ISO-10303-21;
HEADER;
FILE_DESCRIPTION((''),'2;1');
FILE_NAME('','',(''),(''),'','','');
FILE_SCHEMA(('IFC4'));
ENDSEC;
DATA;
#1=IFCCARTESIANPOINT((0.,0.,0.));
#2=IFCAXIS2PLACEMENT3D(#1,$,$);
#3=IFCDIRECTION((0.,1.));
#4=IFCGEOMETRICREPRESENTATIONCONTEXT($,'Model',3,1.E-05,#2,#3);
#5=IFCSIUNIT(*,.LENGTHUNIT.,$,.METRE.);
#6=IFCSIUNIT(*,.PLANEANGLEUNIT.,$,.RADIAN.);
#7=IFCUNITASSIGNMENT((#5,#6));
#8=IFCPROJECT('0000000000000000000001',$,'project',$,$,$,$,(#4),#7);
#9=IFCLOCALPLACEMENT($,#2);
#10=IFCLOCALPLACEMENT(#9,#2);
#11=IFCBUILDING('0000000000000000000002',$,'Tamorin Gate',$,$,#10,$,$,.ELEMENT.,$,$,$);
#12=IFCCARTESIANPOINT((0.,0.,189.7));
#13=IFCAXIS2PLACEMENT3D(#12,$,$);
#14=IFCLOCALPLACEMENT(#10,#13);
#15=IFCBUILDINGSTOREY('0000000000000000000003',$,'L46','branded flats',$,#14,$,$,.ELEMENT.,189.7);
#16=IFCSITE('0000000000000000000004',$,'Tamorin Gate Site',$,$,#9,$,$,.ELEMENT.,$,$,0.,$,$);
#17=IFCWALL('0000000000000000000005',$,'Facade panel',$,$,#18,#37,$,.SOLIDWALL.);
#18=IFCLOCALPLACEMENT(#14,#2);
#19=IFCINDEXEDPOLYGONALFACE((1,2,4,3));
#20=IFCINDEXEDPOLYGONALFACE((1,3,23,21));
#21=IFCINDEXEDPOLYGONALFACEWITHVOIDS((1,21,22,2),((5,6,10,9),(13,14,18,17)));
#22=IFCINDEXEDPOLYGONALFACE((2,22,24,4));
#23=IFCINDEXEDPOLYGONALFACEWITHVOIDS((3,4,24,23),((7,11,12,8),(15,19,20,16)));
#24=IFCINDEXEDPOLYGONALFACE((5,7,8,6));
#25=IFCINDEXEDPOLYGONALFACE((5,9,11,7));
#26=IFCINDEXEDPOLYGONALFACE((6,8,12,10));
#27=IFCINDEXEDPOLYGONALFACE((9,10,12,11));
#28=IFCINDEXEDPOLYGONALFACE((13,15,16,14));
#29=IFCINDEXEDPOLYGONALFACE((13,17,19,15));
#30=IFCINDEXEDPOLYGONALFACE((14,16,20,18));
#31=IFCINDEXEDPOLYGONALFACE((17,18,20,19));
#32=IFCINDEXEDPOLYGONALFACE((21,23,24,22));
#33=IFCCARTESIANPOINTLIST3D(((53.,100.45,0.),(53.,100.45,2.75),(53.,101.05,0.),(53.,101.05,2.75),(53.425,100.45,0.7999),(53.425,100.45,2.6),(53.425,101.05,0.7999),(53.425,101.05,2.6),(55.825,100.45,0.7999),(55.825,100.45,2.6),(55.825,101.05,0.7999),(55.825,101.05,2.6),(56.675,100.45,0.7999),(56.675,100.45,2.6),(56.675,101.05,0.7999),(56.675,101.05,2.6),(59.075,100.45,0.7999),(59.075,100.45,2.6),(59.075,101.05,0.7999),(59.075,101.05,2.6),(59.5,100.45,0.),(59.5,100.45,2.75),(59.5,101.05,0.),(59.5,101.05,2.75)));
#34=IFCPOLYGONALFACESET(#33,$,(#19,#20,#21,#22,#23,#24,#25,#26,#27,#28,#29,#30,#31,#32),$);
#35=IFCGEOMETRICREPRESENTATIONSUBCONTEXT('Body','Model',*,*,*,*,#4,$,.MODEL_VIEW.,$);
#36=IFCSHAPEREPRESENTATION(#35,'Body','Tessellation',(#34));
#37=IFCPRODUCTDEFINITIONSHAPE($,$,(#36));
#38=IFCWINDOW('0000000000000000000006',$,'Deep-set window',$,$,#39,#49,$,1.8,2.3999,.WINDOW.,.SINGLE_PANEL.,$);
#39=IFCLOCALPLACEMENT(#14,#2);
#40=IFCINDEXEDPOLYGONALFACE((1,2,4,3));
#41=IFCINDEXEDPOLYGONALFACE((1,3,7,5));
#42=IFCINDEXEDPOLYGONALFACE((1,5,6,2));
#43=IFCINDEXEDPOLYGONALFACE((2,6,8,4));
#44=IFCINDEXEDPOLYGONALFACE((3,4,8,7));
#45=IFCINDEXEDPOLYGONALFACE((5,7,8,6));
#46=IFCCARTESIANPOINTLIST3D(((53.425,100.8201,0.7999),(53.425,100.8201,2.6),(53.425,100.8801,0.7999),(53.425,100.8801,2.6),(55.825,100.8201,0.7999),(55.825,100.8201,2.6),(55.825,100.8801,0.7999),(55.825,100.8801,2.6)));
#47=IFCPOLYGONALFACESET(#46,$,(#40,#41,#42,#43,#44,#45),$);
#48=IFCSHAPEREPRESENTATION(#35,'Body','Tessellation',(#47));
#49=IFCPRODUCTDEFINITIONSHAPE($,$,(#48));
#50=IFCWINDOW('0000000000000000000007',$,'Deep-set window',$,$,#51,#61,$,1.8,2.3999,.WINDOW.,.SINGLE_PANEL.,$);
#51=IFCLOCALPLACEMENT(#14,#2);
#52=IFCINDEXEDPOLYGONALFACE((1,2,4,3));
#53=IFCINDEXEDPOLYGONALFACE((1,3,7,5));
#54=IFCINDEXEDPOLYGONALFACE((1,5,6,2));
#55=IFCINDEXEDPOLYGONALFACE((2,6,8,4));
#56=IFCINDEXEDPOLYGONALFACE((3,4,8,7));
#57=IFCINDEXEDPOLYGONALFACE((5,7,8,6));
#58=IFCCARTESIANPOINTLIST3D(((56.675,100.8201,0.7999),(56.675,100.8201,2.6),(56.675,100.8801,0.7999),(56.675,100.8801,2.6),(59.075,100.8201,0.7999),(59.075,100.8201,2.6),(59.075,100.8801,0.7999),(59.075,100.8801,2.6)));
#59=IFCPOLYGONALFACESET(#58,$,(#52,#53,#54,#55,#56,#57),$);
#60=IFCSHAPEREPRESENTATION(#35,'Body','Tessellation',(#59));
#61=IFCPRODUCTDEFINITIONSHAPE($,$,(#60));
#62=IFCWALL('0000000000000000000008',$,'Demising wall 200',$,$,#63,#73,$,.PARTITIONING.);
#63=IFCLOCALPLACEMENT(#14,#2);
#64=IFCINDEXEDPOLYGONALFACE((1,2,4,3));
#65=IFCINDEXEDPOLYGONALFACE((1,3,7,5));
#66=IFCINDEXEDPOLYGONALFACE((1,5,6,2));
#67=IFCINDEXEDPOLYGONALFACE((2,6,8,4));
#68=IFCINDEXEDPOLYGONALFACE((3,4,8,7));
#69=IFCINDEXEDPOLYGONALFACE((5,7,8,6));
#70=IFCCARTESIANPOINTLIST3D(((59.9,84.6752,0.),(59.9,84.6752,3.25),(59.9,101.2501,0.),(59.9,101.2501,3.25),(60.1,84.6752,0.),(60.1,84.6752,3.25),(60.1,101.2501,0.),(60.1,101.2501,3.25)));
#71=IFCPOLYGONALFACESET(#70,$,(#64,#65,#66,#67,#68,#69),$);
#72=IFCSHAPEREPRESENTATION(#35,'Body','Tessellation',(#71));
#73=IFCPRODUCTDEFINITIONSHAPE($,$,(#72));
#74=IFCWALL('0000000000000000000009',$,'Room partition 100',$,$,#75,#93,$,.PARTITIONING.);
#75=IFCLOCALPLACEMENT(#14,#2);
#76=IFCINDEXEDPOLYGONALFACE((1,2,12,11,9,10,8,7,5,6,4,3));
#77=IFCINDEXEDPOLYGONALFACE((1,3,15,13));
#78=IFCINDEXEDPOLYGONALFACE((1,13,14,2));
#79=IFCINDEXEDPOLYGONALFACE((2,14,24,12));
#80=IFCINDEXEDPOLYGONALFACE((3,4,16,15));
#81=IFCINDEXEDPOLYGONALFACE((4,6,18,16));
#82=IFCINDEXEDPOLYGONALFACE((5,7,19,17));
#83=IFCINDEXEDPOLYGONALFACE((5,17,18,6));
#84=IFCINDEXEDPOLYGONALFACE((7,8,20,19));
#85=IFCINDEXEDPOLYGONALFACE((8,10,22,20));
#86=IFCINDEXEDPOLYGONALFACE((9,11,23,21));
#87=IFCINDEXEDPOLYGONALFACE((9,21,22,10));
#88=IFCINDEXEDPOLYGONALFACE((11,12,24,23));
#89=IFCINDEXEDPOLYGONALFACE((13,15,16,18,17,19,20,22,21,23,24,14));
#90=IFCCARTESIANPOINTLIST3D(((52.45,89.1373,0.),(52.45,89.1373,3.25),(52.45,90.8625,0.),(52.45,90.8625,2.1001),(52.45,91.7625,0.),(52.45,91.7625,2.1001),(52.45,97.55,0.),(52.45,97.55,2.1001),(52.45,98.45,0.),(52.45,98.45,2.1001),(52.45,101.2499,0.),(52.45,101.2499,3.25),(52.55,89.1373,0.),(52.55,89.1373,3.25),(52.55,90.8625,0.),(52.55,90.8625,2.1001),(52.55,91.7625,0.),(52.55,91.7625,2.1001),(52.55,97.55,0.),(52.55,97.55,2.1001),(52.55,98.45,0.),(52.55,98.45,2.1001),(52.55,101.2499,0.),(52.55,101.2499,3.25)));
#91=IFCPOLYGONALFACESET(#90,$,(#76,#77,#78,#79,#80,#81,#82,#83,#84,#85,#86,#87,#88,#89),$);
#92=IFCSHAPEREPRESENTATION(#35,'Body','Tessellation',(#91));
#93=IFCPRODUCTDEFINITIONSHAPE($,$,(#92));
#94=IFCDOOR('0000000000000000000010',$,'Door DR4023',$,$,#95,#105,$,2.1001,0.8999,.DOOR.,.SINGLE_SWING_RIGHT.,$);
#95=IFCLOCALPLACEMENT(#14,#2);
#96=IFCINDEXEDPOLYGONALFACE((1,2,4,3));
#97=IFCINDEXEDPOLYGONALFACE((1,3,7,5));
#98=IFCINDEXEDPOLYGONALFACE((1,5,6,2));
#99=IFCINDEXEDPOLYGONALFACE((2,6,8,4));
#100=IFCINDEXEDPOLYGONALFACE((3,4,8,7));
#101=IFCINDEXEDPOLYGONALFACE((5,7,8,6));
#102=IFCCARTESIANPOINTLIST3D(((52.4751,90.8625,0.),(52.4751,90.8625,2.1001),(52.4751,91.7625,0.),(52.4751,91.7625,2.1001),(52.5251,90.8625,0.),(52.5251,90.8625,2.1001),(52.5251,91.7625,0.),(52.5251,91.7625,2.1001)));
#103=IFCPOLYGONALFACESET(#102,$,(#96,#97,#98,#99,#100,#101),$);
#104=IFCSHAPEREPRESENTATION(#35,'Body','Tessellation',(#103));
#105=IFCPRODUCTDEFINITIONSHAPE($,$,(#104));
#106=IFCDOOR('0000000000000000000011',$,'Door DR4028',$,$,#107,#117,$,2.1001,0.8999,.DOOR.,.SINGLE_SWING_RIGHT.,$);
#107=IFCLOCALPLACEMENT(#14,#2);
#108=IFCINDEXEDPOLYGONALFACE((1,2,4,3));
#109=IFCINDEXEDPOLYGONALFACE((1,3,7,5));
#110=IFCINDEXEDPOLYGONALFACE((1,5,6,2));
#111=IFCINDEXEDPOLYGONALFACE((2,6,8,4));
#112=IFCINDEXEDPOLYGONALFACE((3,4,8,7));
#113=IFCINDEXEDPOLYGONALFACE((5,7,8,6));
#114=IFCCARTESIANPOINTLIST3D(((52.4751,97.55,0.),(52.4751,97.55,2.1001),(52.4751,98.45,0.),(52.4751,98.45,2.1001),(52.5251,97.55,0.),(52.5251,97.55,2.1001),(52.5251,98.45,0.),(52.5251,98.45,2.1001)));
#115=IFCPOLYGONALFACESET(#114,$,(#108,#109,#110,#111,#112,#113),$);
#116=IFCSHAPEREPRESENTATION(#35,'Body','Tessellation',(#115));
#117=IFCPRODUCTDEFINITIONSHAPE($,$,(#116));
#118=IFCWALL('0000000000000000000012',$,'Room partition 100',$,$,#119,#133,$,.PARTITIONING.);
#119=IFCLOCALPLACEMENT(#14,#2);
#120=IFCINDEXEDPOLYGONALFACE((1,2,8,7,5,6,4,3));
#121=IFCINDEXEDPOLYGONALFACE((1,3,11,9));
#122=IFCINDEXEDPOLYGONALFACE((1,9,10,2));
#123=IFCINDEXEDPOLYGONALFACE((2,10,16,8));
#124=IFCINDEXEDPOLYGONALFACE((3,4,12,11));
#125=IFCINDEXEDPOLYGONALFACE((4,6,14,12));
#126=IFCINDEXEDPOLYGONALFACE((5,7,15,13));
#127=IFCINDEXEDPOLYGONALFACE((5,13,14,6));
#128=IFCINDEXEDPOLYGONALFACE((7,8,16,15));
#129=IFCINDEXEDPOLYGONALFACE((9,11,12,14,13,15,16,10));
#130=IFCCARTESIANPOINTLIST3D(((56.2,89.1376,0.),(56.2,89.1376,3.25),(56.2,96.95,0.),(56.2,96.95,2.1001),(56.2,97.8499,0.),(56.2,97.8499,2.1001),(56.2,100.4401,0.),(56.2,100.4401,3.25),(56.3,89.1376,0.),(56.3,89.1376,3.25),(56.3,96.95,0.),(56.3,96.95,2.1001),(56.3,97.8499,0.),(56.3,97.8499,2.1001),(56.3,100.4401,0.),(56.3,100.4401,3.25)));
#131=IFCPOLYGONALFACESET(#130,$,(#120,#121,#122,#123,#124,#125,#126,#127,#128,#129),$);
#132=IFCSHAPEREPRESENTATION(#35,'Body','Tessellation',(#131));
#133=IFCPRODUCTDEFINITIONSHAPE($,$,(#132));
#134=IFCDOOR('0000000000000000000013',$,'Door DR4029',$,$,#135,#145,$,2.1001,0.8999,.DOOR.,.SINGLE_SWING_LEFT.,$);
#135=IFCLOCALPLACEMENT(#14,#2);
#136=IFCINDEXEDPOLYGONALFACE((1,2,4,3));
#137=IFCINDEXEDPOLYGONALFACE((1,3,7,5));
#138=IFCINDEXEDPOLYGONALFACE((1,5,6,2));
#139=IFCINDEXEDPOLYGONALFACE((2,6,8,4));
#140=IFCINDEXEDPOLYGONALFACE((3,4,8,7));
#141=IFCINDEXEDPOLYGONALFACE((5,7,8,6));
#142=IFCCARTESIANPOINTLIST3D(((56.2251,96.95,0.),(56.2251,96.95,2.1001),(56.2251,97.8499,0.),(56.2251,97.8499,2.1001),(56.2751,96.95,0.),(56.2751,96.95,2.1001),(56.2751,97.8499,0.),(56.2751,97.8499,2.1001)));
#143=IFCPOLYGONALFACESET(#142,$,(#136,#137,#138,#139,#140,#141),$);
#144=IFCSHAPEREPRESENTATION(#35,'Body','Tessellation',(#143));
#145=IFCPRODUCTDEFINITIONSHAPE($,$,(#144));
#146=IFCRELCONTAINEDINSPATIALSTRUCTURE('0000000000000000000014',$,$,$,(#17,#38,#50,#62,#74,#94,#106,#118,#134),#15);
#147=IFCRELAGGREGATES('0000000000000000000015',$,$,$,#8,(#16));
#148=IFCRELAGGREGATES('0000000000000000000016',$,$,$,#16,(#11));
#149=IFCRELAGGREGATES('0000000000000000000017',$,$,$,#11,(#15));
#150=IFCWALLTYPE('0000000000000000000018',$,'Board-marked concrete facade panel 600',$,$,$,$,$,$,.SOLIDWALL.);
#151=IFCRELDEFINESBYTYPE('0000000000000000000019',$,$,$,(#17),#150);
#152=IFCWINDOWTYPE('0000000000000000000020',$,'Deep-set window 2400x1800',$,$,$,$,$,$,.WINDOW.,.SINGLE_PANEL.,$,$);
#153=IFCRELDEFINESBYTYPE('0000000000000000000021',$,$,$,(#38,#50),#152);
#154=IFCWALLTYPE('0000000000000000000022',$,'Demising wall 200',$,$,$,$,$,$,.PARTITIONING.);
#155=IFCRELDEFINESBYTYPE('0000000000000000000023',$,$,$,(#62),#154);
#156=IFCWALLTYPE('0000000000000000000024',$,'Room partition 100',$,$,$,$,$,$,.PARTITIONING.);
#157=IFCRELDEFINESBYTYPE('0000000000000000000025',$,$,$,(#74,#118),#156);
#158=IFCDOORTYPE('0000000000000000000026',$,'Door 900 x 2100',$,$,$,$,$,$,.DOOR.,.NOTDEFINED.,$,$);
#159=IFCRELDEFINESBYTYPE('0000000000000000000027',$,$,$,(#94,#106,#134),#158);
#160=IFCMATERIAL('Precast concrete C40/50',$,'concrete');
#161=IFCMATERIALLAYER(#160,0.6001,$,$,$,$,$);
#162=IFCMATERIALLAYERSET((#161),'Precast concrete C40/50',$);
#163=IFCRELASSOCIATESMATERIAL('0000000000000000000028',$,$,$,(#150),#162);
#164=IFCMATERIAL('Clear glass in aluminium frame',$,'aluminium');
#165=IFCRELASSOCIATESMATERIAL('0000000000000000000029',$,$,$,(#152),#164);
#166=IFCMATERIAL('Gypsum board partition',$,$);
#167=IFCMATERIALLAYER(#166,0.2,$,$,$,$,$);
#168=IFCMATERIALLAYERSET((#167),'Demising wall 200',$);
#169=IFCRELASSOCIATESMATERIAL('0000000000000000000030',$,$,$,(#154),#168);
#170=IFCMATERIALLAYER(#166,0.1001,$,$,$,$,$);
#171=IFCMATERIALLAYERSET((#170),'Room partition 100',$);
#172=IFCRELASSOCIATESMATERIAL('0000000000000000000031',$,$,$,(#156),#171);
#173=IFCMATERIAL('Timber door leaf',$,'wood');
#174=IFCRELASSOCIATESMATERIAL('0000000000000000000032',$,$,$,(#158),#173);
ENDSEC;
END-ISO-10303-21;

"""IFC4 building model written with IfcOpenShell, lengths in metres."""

from ifc_helpers import new_model, si_unit, direction, frame, frame_2d, origin, place, context, subcontext, project, spatial, rectangle, extrude, material, layer, layer_set, type_object, element, fill, save


model = new_model("IFC4")

# Units and contexts
model_context = context("Model", 3, precision=1e-05, world=origin(), true_north=direction((0.0, 1.0)))
body_context = subcontext(model_context, "Body", "Model", "MODEL_VIEW")
ifc_project = project(units=[si_unit("LENGTHUNIT", "METRE"), si_unit("PLANEANGLEUNIT", "RADIAN")], contexts=[model_context])

# Site, building, storey
site_placement = place(None, origin())
site = spatial("IfcSite", under=ifc_project, at=site_placement, Name="Tamorin Gate Site", CompositionType="ELEMENT", RefElevation=0.0)
building_placement = place(site_placement, origin())
building = spatial("IfcBuilding", under=site, at=building_placement, Name="Tamorin Gate", CompositionType="ELEMENT")
storey_placement = place(building_placement, frame((0.0, 0.0, 189.7)))
storey = spatial("IfcBuildingStorey", under=building, at=storey_placement, Name="L46", Description="branded flats", CompositionType="ELEMENT", Elevation=189.7)

# Wall, openings, windows
ifc_material_1 = material(Name="Precast concrete C40/50", Category="concrete")
ifc_layer_1 = layer(ifc_material_1, 0.6001)
ifc_layer_set_1 = layer_set([ifc_layer_1], Name="Precast concrete C40/50")
wall_type_1 = type_object("IfcWallType", Name="Board-marked concrete facade panel 600", PredefinedType="SOLIDWALL", material=ifc_layer_set_1)
ifc_material_2 = material(Name="Clear glass in aluminium frame", Category="aluminium")
window_type = type_object("IfcWindowType", Name="Deep-set window 2400x1800", PartitioningType="SINGLE_PANEL", PredefinedType="WINDOW", material=ifc_material_2)
wall_1_placement = place(storey_placement, frame((59.5, 100.75, 0.0), z_axis=(0.0, 0.0, 1.0), x_axis=(-1.0, 0.0, 0.0)))
wall_1 = element("IfcWall", 1, at=wall_1_placement, inside=storey, type_object=wall_type_1, Name="Facade panel", PredefinedType="SOLIDWALL", context=body_context, shape_type="SweptSolid", body=[
    extrude(rectangle(XDim=6.5, YDim=0.6001, at=frame_2d((3.25, 0.0))), origin(), (0.0, 0.0, 1.0), 2.75),
])
opening_1_placement = place(wall_1_placement, frame((3.675, 0.0, 0.8)))
opening_1 = element("IfcOpeningElement", 2, at=opening_1_placement, cuts=wall_1, PredefinedType="OPENING", context=body_context, shape_type="SweptSolid", body=[
    extrude(rectangle(XDim=2.3999, YDim=1.8, at=frame_2d((1.2, 0.8999))), frame((0.0, 0.3101, 0.0), z_axis=(0.0, -1.0, 0.0), x_axis=(1.0, 0.0, 0.0)), (0.0, 0.0, 1.0), 0.6201),
])
opening_2_placement = place(wall_1_placement, frame((0.425, 0.0, 0.8)))
opening_2 = element("IfcOpeningElement", 3, at=opening_2_placement, cuts=wall_1, PredefinedType="OPENING", context=body_context, shape_type="SweptSolid", body=[
    extrude(rectangle(XDim=2.3999, YDim=1.8, at=frame_2d((1.2, 0.8999))), frame((0.0, 0.3101, 0.0), z_axis=(0.0, -1.0, 0.0), x_axis=(1.0, 0.0, 0.0)), (0.0, 0.0, 1.0), 0.6201),
])
window_1_placement = place(opening_1_placement, origin())
window_1 = element("IfcWindow", 4, at=window_1_placement, inside=storey, type_object=window_type, Name="Deep-set window", OverallHeight=1.8, OverallWidth=2.3999, PartitioningType="SINGLE_PANEL", PredefinedType="WINDOW", context=body_context, shape_type="SweptSolid", body=[
    extrude(rectangle(XDim=2.3999, YDim=1.8, at=frame_2d((1.2, 0.8999))), frame((0.0, -0.0701, 0.0), z_axis=(0.0, -1.0, 0.0), x_axis=(1.0, 0.0, 0.0)), (0.0, 0.0, 1.0), 0.0601),
])
fill(opening_1, window_1)
window_2_placement = place(opening_2_placement, origin())
window_2 = element("IfcWindow", 5, at=window_2_placement, inside=storey, type_object=window_type, Name="Deep-set window", OverallHeight=1.8, OverallWidth=2.3999, PartitioningType="SINGLE_PANEL", PredefinedType="WINDOW", context=body_context, shape_type="SweptSolid", body=[
    extrude(rectangle(XDim=2.3999, YDim=1.8, at=frame_2d((1.2, 0.8999))), frame((0.0, -0.0701, 0.0), z_axis=(0.0, -1.0, 0.0), x_axis=(1.0, 0.0, 0.0)), (0.0, 0.0, 1.0), 0.0601),
])
fill(opening_2, window_2)

# Wall
ifc_material_3 = material(Name="Gypsum board partition")
ifc_layer_2 = layer(ifc_material_3, 0.2)
ifc_layer_set_2 = layer_set([ifc_layer_2], Name="Demising wall 200")
wall_type_2 = type_object("IfcWallType", Name="Demising wall 200", PredefinedType="PARTITIONING", material=ifc_layer_set_2)
wall_2_placement = place(storey_placement, frame((60.0, 84.675, 0.0), z_axis=(0.0, 0.0, 1.0), x_axis=(0.0, 1.0, 0.0)))
element("IfcWall", 6, at=wall_2_placement, inside=storey, type_object=wall_type_2, Name="Demising wall 200", PredefinedType="PARTITIONING", context=body_context, shape_type="SweptSolid", body=[
    extrude(rectangle(XDim=16.575, YDim=0.2, at=frame_2d((8.2876, 0.0))), origin(), (0.0, 0.0, 1.0), 3.25),
])

# Wall, openings, doors
ifc_layer_3 = layer(ifc_material_3, 0.1001)
ifc_layer_set_3 = layer_set([ifc_layer_3], Name="Room partition 100")
wall_type_3 = type_object("IfcWallType", Name="Room partition 100", PredefinedType="PARTITIONING", material=ifc_layer_set_3)
wall_3_placement = place(storey_placement, frame((52.5, 89.1375, 0.0), z_axis=(0.0, 0.0, 1.0), x_axis=(0.0, 1.0, 0.0)))
wall_3 = element("IfcWall", 7, at=wall_3_placement, inside=storey, type_object=wall_type_3, Name="Room partition 100", PredefinedType="PARTITIONING", context=body_context, shape_type="SweptSolid", body=[
    extrude(rectangle(XDim=12.1125, YDim=0.1001, at=frame_2d((6.0562, 0.0))), origin(), (0.0, 0.0, 1.0), 3.25),
])
opening_3_placement = place(wall_3_placement, frame((1.7251, 0.0, 0.0)))
opening_3 = element("IfcOpeningElement", 8, at=opening_3_placement, cuts=wall_3, PredefinedType="OPENING", context=body_context, shape_type="SweptSolid", body=[
    extrude(rectangle(XDim=0.8999, YDim=2.1001, at=frame_2d((0.45, 1.05))), frame((0.0, 0.0601, 0.0), z_axis=(0.0, -1.0, 0.0), x_axis=(1.0, 0.0, 0.0)), (0.0, 0.0, 1.0), 0.1201),
])
opening_4_placement = place(wall_3_placement, frame((8.4126, 0.0, 0.0)))
opening_4 = element("IfcOpeningElement", 9, at=opening_4_placement, cuts=wall_3, PredefinedType="OPENING", context=body_context, shape_type="SweptSolid", body=[
    extrude(rectangle(XDim=0.8999, YDim=2.1001, at=frame_2d((0.45, 1.05))), frame((0.0, 0.0601, 0.0), z_axis=(0.0, -1.0, 0.0), x_axis=(1.0, 0.0, 0.0)), (0.0, 0.0, 1.0), 0.1201),
])
ifc_material_4 = material(Name="Timber door leaf", Category="wood")
door_type = type_object("IfcDoorType", Name="Door 900 x 2100", OperationType="NOTDEFINED", PredefinedType="DOOR", material=ifc_material_4)
door_1_placement = place(opening_3_placement, origin())
door_1 = element("IfcDoor", 10, at=door_1_placement, inside=storey, type_object=door_type, Name="Door DR4023", OperationType="SINGLE_SWING_RIGHT", OverallHeight=2.1001, OverallWidth=0.8999, PredefinedType="DOOR", context=body_context, shape_type="SweptSolid", body=[
    extrude(rectangle(XDim=0.8999, YDim=2.1001, at=frame_2d((0.45, 1.05))), frame((0.0, 0.0249, 0.0), z_axis=(0.0, -1.0, 0.0), x_axis=(1.0, 0.0, 0.0)), (0.0, 0.0, 1.0), 0.05),
])
fill(opening_3, door_1)
door_2_placement = place(opening_4_placement, origin())
door_2 = element("IfcDoor", 11, at=door_2_placement, inside=storey, type_object=door_type, Name="Door DR4028", OperationType="SINGLE_SWING_RIGHT", OverallHeight=2.1001, OverallWidth=0.8999, PredefinedType="DOOR", context=body_context, shape_type="SweptSolid", body=[
    extrude(rectangle(XDim=0.8999, YDim=2.1001, at=frame_2d((0.45, 1.05))), frame((0.0, 0.0249, 0.0), z_axis=(0.0, -1.0, 0.0), x_axis=(1.0, 0.0, 0.0)), (0.0, 0.0, 1.0), 0.05),
])
fill(opening_4, door_2)

# Wall, opening, door
wall_4_placement = place(storey_placement, frame((56.25, 89.1375, 0.0), z_axis=(0.0, 0.0, 1.0), x_axis=(0.0, 1.0, 0.0)))
wall_4 = element("IfcWall", 12, at=wall_4_placement, inside=storey, type_object=wall_type_3, Name="Room partition 100", PredefinedType="PARTITIONING", context=body_context, shape_type="SweptSolid", body=[
    extrude(rectangle(XDim=11.3025, YDim=0.1001, at=frame_2d((5.6514, 0.0))), origin(), (0.0, 0.0, 1.0), 3.25),
])
opening_5_placement = place(wall_4_placement, frame((7.8125, 0.0, 0.0)))
opening_5 = element("IfcOpeningElement", 13, at=opening_5_placement, cuts=wall_4, PredefinedType="OPENING", context=body_context, shape_type="SweptSolid", body=[
    extrude(rectangle(XDim=0.8999, YDim=2.1001, at=frame_2d((0.45, 1.05))), frame((0.0, 0.0601, 0.0), z_axis=(0.0, -1.0, 0.0), x_axis=(1.0, 0.0, 0.0)), (0.0, 0.0, 1.0), 0.1201),
])
door_3_placement = place(opening_5_placement, origin())
door_3 = element("IfcDoor", 14, at=door_3_placement, inside=storey, type_object=door_type, Name="Door DR4029", OperationType="SINGLE_SWING_LEFT", OverallHeight=2.1001, OverallWidth=0.8999, PredefinedType="DOOR", context=body_context, shape_type="SweptSolid", body=[
    extrude(rectangle(XDim=0.8999, YDim=2.1001, at=frame_2d((0.45, 1.05))), frame((0.0, 0.0249, 0.0), z_axis=(0.0, -1.0, 0.0), x_axis=(1.0, 0.0, 0.0)), (0.0, 0.0, 1.0), 0.05),
])
fill(opening_5, door_3)

save(model, "model.ifc")
